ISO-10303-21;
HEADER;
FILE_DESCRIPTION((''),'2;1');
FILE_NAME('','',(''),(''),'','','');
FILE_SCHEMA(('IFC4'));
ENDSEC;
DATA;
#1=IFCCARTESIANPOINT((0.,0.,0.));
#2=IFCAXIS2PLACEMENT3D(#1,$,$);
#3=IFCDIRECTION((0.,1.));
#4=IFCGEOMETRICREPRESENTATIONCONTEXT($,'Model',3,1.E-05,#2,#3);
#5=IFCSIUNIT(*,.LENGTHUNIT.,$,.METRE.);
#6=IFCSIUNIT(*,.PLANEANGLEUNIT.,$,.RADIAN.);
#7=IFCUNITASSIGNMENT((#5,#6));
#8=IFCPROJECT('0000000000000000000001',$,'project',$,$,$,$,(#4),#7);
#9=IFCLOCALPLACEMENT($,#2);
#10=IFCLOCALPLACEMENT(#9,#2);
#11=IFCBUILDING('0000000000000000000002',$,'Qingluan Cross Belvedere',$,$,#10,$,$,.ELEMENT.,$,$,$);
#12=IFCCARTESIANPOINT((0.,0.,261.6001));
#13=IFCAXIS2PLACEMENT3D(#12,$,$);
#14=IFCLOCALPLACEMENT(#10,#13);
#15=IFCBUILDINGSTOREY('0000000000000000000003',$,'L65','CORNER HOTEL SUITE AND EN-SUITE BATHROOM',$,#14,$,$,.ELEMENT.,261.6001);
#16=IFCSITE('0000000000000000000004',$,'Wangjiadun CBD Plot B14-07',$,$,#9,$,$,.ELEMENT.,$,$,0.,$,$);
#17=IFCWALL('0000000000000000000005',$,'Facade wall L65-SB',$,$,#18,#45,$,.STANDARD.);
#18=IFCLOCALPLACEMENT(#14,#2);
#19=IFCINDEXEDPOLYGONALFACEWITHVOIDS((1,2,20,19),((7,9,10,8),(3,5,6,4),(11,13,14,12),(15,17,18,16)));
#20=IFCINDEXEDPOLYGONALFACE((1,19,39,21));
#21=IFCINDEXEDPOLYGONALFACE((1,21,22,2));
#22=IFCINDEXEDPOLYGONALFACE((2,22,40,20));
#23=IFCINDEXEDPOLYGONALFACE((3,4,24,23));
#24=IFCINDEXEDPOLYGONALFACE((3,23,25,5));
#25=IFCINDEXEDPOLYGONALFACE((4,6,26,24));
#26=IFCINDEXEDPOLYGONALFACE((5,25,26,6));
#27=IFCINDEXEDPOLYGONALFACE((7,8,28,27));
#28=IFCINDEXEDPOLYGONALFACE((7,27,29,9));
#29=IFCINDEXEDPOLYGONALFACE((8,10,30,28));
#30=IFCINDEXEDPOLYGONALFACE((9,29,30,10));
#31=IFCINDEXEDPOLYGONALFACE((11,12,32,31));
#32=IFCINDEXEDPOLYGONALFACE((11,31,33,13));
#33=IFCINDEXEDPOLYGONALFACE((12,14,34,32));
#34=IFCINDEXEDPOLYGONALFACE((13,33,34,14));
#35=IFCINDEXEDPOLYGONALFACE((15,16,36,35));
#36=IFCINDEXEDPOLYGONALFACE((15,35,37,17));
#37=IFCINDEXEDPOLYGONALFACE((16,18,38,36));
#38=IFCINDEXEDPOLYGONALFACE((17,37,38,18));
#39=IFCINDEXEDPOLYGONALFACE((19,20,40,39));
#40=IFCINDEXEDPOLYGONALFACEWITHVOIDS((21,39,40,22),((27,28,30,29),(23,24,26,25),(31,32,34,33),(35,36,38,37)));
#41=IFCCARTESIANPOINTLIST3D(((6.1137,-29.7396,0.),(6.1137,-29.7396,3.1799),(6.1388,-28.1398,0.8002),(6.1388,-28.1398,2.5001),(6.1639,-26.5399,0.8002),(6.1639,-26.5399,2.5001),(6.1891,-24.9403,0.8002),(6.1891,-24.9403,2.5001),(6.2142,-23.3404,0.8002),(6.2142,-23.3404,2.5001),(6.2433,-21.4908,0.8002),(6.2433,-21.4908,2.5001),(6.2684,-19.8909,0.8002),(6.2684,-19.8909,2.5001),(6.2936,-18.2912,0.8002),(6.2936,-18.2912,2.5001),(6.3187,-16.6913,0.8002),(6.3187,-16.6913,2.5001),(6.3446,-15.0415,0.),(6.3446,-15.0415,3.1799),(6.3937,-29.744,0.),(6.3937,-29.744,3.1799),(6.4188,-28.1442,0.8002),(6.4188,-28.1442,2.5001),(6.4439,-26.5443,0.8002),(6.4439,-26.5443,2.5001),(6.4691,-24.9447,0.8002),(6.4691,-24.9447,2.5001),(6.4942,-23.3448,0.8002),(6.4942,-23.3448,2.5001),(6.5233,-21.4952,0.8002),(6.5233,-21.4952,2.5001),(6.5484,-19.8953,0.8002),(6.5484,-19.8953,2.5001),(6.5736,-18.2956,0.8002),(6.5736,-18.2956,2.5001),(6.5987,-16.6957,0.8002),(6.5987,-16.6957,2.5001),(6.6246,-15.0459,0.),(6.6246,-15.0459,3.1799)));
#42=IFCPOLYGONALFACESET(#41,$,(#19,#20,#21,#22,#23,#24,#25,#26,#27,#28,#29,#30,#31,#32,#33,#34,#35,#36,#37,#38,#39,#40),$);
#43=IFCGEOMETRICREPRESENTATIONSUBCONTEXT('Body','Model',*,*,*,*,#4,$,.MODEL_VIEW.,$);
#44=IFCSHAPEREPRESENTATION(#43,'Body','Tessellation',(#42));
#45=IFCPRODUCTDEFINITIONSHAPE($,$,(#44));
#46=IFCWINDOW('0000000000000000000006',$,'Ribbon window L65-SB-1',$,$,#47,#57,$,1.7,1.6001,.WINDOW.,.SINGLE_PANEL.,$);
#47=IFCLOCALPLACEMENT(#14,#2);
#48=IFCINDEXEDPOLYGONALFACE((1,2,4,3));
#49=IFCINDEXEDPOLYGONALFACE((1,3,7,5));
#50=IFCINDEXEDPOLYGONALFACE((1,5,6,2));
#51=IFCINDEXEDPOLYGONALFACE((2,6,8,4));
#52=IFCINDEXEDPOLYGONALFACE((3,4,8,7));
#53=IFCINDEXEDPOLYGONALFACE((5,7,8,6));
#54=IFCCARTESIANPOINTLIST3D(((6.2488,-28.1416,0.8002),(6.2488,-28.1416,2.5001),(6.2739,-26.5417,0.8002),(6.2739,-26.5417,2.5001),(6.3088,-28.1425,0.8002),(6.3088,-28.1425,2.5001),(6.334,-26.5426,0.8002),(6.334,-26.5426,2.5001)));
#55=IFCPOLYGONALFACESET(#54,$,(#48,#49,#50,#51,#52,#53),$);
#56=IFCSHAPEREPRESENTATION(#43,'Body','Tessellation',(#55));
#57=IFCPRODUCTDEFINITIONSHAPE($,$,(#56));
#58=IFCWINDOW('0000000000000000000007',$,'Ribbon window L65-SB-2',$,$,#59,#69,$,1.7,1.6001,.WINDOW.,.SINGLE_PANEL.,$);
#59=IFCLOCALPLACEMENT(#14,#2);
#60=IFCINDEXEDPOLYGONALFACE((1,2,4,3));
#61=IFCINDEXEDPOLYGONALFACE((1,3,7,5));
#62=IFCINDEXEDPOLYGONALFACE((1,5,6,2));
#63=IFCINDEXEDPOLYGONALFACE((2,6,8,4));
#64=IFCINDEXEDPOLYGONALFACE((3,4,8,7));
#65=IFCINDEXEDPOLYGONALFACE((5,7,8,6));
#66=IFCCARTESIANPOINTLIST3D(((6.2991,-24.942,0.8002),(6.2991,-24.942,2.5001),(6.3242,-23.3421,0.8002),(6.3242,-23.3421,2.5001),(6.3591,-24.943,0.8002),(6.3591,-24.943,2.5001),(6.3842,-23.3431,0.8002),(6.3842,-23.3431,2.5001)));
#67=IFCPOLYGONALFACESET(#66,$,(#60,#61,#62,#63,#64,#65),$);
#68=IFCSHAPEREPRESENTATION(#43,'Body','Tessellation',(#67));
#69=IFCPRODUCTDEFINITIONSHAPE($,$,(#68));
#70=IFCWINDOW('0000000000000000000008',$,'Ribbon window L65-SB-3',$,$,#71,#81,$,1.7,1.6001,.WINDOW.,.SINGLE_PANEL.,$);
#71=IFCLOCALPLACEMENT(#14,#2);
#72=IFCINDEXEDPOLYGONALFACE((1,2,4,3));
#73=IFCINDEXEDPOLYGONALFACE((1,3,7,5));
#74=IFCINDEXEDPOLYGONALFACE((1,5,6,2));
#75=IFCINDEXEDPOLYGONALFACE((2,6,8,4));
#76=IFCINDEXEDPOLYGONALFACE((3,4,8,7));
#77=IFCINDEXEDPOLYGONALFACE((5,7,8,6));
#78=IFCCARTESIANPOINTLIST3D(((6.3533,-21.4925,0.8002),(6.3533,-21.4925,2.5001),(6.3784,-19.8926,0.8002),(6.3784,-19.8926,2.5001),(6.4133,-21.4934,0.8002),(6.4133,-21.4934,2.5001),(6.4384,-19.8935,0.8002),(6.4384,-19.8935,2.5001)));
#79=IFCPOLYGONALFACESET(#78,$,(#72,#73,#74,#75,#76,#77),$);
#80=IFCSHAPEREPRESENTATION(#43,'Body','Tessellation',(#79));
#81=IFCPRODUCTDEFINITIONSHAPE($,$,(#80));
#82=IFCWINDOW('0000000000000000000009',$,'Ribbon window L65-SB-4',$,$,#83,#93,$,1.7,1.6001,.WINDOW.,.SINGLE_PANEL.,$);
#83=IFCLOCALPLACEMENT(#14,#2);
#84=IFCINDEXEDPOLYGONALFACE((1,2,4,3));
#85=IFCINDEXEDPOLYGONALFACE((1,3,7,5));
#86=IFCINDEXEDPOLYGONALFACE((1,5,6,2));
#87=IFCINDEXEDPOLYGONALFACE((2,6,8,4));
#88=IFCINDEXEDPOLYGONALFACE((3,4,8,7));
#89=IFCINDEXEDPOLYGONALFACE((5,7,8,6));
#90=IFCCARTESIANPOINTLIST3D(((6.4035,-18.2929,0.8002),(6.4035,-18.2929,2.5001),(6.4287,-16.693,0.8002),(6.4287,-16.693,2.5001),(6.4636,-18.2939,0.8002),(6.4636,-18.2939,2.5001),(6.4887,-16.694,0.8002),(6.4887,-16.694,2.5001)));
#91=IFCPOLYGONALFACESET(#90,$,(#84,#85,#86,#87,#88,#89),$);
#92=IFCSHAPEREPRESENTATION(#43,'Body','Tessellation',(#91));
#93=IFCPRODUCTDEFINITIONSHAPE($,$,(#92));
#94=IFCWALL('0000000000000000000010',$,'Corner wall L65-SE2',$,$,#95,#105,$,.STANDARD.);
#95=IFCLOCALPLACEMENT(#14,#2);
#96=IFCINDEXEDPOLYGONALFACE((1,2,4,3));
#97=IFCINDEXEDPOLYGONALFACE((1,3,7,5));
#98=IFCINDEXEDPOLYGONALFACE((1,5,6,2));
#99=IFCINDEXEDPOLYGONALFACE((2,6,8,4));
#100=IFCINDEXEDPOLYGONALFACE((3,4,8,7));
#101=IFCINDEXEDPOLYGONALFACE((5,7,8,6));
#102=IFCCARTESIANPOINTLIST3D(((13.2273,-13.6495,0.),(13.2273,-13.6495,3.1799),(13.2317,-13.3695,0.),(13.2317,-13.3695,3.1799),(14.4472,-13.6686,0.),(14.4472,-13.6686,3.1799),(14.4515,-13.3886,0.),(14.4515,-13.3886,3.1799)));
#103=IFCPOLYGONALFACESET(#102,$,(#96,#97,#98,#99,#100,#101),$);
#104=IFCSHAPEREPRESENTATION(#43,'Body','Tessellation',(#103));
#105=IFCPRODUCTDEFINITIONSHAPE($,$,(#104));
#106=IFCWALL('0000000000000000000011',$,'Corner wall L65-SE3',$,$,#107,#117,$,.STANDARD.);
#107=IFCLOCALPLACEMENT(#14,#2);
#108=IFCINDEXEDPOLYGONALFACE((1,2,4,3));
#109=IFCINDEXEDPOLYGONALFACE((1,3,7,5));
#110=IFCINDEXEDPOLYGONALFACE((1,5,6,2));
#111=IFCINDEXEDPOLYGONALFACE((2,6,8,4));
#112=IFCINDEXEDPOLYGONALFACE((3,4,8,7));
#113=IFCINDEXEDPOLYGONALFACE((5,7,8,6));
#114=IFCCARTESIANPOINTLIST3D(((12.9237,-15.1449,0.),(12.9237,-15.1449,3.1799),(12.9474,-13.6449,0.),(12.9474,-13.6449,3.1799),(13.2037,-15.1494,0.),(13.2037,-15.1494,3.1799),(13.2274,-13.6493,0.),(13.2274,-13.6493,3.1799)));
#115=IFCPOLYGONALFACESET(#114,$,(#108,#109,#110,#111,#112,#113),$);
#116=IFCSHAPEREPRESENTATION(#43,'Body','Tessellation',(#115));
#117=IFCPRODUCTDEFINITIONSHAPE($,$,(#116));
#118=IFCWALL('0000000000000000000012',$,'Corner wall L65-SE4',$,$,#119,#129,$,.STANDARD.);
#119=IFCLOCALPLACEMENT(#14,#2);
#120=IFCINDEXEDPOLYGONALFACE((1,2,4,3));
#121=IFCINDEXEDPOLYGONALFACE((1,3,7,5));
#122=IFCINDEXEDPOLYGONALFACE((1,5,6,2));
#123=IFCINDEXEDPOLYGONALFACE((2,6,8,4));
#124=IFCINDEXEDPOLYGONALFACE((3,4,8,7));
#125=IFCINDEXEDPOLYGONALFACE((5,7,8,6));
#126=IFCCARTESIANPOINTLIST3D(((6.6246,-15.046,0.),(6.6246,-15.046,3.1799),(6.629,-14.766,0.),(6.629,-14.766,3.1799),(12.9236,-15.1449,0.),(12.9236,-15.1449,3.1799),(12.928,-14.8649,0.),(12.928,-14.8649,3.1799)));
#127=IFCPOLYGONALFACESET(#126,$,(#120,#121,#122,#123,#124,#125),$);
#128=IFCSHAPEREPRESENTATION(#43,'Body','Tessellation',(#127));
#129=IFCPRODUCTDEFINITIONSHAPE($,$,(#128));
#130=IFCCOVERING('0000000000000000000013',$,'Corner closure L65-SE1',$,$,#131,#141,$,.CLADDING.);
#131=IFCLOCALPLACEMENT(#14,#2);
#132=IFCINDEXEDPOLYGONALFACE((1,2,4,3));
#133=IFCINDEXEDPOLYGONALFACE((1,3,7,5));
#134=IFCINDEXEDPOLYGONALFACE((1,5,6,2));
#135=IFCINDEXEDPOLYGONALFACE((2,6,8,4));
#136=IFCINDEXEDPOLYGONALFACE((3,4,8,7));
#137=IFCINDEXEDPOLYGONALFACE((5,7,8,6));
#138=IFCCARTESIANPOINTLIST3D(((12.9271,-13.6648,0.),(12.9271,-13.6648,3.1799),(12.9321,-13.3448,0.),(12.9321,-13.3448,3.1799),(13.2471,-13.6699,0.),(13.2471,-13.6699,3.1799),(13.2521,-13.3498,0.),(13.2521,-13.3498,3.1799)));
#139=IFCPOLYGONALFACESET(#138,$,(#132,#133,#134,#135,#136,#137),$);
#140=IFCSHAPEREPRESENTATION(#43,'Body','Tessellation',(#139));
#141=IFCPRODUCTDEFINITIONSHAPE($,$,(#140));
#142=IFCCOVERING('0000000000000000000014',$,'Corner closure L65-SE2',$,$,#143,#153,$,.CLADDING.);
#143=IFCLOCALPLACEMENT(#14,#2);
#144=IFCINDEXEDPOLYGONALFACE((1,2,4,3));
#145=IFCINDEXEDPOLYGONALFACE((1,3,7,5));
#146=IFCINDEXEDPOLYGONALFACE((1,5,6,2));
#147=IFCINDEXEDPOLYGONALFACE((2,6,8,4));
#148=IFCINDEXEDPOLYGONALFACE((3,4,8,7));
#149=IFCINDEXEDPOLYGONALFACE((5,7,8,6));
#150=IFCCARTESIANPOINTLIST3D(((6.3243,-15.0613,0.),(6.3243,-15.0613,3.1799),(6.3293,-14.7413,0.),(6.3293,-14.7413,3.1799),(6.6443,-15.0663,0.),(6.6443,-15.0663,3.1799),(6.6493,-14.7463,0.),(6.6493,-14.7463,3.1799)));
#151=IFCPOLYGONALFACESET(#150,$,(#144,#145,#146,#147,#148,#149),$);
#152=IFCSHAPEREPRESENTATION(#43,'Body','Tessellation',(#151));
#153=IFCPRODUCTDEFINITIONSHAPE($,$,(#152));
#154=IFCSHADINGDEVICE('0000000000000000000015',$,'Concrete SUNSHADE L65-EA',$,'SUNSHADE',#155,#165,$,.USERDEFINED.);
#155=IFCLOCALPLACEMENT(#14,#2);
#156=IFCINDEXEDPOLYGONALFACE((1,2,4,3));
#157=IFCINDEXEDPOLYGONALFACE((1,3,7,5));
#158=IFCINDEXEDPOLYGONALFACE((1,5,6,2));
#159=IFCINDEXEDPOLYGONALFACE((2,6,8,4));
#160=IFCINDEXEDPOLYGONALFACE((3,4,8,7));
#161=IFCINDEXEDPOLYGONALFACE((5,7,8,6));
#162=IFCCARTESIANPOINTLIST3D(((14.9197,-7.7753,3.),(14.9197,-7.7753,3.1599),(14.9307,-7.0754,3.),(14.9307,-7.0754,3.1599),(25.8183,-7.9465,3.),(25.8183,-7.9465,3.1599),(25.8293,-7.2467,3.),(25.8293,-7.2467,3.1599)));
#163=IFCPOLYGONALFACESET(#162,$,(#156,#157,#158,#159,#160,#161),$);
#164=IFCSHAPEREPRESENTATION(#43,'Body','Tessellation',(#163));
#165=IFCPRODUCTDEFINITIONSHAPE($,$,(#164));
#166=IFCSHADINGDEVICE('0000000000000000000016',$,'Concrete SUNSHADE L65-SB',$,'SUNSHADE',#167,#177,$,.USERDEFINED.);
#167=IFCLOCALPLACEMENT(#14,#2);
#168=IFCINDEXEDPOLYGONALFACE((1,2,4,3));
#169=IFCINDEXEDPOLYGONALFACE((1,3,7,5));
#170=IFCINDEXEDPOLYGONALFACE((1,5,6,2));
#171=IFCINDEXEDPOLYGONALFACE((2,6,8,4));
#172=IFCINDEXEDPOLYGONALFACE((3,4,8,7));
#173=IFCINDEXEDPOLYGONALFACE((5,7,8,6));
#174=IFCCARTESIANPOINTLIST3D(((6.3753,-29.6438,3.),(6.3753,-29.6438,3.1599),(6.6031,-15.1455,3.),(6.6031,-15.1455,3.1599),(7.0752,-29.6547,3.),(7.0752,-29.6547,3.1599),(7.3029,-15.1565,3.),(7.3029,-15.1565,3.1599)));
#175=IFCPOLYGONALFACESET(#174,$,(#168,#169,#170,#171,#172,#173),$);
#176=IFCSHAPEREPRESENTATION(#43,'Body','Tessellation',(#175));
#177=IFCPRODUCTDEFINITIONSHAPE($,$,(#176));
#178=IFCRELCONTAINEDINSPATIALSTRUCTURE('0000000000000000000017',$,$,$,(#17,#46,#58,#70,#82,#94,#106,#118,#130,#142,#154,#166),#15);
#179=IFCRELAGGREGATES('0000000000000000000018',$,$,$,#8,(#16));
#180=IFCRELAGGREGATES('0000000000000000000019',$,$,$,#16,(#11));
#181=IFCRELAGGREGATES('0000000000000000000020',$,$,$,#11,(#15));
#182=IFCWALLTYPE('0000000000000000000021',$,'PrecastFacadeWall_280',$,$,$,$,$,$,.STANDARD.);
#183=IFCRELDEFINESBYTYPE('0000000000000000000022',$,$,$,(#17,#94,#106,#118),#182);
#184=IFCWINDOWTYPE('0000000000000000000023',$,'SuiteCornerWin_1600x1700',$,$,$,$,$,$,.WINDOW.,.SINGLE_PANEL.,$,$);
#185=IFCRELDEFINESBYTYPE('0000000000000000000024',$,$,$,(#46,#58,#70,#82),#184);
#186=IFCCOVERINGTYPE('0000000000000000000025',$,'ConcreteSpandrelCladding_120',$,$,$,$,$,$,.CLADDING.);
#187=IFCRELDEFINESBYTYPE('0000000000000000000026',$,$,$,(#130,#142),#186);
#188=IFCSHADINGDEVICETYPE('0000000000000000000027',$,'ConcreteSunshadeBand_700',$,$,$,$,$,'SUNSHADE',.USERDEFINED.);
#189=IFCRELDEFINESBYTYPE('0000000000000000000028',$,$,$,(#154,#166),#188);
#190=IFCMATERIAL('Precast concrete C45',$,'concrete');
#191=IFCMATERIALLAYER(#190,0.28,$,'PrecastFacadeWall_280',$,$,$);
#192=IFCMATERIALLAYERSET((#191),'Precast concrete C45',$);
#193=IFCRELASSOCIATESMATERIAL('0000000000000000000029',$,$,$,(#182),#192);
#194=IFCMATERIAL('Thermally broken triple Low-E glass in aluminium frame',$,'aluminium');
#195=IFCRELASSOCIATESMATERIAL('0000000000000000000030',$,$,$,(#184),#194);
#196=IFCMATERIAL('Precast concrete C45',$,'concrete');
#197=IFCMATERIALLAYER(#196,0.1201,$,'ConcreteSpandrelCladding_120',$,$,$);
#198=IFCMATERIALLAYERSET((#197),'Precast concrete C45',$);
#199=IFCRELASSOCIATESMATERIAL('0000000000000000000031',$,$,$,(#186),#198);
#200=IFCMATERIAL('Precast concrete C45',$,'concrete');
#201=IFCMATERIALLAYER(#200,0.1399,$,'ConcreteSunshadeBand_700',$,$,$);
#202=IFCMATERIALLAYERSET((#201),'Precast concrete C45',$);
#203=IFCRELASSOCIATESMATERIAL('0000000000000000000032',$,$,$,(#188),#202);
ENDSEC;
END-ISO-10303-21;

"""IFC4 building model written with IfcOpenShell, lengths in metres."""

from ifc_helpers import new_model, si_unit, direction, frame, frame_2d, origin, origin_2d, place, context, subcontext, project, spatial, rectangle, extrude, material, layer, layer_set, type_object, element, fill, save


model = new_model("IFC4")

# Units and contexts
model_context = context("Model", 3, precision=1e-05, world=origin(), true_north=direction((0.0, 1.0)))
body_context = subcontext(model_context, "Body", "Model", "MODEL_VIEW")
ifc_project = project(units=[si_unit("LENGTHUNIT", "METRE"), si_unit("PLANEANGLEUNIT", "RADIAN")], contexts=[model_context])

# Site, building, storey
site_placement = place(None, origin())
site = spatial("IfcSite", under=ifc_project, at=site_placement, Name="Wangjiadun CBD Plot B14-07", CompositionType="ELEMENT", RefElevation=0.0)
building_placement = place(site_placement, origin())
building = spatial("IfcBuilding", under=site, at=building_placement, Name="Qingluan Cross Belvedere", CompositionType="ELEMENT")
storey_placement = place(building_placement, frame((0.0, 0.0, 261.6001)))
storey = spatial("IfcBuildingStorey", under=building, at=storey_placement, Name="L65", Description="CORNER HOTEL SUITE AND EN-SUITE BATHROOM", CompositionType="ELEMENT", Elevation=261.6001)

# Wall, openings, windows
ifc_material_1 = material(Name="Precast concrete C45", Category="concrete")
ifc_layer_1 = layer(ifc_material_1, 0.28, Name="PrecastFacadeWall_280")
ifc_layer_set_1 = layer_set([ifc_layer_1], Name="Precast concrete C45")
wall_type_1 = type_object("IfcWallType", Name="PrecastFacadeWall_280", PredefinedType="STANDARD", material=ifc_layer_set_1)
wall_1_placement = place(storey_placement, frame((6.2537, -29.7419, 0.0), z_axis=(0.0, 0.0, 1.0), x_axis=(0.015711, 0.999877, 0.0)))
wall_1 = element("IfcWall", 1, at=wall_1_placement, inside=storey, type_object=wall_type_1, Name="Facade wall L65-SB", PredefinedType="STANDARD", context=body_context, shape_type="SweptSolid", body=[
    extrude(rectangle(XDim=14.7, YDim=0.28, at=frame_2d((7.3501, 0.0))), origin(), (0.0, 0.0, 1.0), 3.1799),
])
opening_1_placement = place(wall_1_placement, frame((1.6001, 0.0, 0.8)))
opening_1 = element("IfcOpeningElement", 2, at=opening_1_placement, cuts=wall_1, PredefinedType="OPENING", context=body_context, shape_type="SweptSolid", body=[
    extrude(rectangle(XDim=1.6001, YDim=1.7, at=frame_2d((0.8, 0.8501))), frame((0.0, 0.1499, 0.0), z_axis=(0.0, -1.0, 0.0), x_axis=(1.0, 0.0, 0.0)), (0.0, 0.0, 1.0), 0.3),
])
opening_2_placement = place(wall_1_placement, frame((4.8, 0.0, 0.8)))
opening_2 = element("IfcOpeningElement", 3, at=opening_2_placement, cuts=wall_1, PredefinedType="OPENING", context=body_context, shape_type="SweptSolid", body=[
    extrude(rectangle(XDim=1.6001, YDim=1.7, at=frame_2d((0.8, 0.8501))), frame((0.0, 0.1499, 0.0), z_axis=(0.0, -1.0, 0.0), x_axis=(1.0, 0.0, 0.0)), (0.0, 0.0, 1.0), 0.3),
])
opening_3_placement = place(wall_1_placement, frame((8.25, 0.0, 0.8)))
opening_3 = element("IfcOpeningElement", 4, at=opening_3_placement, cuts=wall_1, PredefinedType="OPENING", context=body_context, shape_type="SweptSolid", body=[
    extrude(rectangle(XDim=1.6001, YDim=1.7, at=frame_2d((0.8, 0.8501))), frame((0.0, 0.1499, 0.0), z_axis=(0.0, -1.0, 0.0), x_axis=(1.0, 0.0, 0.0)), (0.0, 0.0, 1.0), 0.3),
])
opening_4_placement = place(wall_1_placement, frame((11.45, 0.0, 0.8)))
opening_4 = element("IfcOpeningElement", 5, at=opening_4_placement, cuts=wall_1, PredefinedType="OPENING", context=body_context, shape_type="SweptSolid", body=[
    extrude(rectangle(XDim=1.6001, YDim=1.7, at=frame_2d((0.8, 0.8501))), frame((0.0, 0.1499, 0.0), z_axis=(0.0, -1.0, 0.0), x_axis=(1.0, 0.0, 0.0)), (0.0, 0.0, 1.0), 0.3),
])
ifc_material_2 = material(Name="Thermally broken triple Low-E glass in aluminium frame", Category="aluminium")
window_type = type_object("IfcWindowType", Name="SuiteCornerWin_1600x1700", PartitioningType="SINGLE_PANEL", PredefinedType="WINDOW", material=ifc_material_2)
window_1_placement = place(opening_1_placement, origin())
window_1 = element("IfcWindow", 6, at=window_1_placement, inside=storey, type_object=window_type, Name="Ribbon window L65-SB-1", OverallHeight=1.7, OverallWidth=1.6001, PartitioningType="SINGLE_PANEL", PredefinedType="WINDOW", context=body_context, shape_type="SweptSolid", body=[
    extrude(rectangle(XDim=1.6001, YDim=1.7, at=frame_2d((0.8, 0.8501))), frame((0.0, 0.03, 0.0), z_axis=(0.0, -1.0, 0.0), x_axis=(1.0, 0.0, 0.0)), (0.0, 0.0, 1.0), 0.0601),
])
fill(opening_1, window_1)
window_2_placement = place(opening_2_placement, origin())
window_2 = element("IfcWindow", 7, at=window_2_placement, inside=storey, type_object=window_type, Name="Ribbon window L65-SB-2", OverallHeight=1.7, OverallWidth=1.6001, PartitioningType="SINGLE_PANEL", PredefinedType="WINDOW", context=body_context, shape_type="SweptSolid", body=[
    extrude(rectangle(XDim=1.6001, YDim=1.7, at=frame_2d((0.8, 0.8501))), frame((0.0, 0.03, 0.0), z_axis=(0.0, -1.0, 0.0), x_axis=(1.0, 0.0, 0.0)), (0.0, 0.0, 1.0), 0.0601),
])
fill(opening_2, window_2)
window_3_placement = place(opening_3_placement, origin())
window_3 = element("IfcWindow", 8, at=window_3_placement, inside=storey, type_object=window_type, Name="Ribbon window L65-SB-3", OverallHeight=1.7, OverallWidth=1.6001, PartitioningType="SINGLE_PANEL", PredefinedType="WINDOW", context=body_context, shape_type="SweptSolid", body=[
    extrude(rectangle(XDim=1.6001, YDim=1.7, at=frame_2d((0.8, 0.8501))), frame((0.0, 0.03, 0.0), z_axis=(0.0, -1.0, 0.0), x_axis=(1.0, 0.0, 0.0)), (0.0, 0.0, 1.0), 0.0601),
])
fill(opening_3, window_3)
window_4_placement = place(opening_4_placement, origin())
window_4 = element("IfcWindow", 9, at=window_4_placement, inside=storey, type_object=window_type, Name="Ribbon window L65-SB-4", OverallHeight=1.7, OverallWidth=1.6001, PartitioningType="SINGLE_PANEL", PredefinedType="WINDOW", context=body_context, shape_type="SweptSolid", body=[
    extrude(rectangle(XDim=1.6001, YDim=1.7, at=frame_2d((0.8, 0.8501))), frame((0.0, 0.03, 0.0), z_axis=(0.0, -1.0, 0.0), x_axis=(1.0, 0.0, 0.0)), (0.0, 0.0, 1.0), 0.0601),
])
fill(opening_4, window_4)

# Walls
wall_2_placement = place(storey_placement, frame((14.4492, -13.5286, 0.0), z_axis=(0.0, 0.0, 1.0), x_axis=(-0.999878, 0.015611, 0.0)))
element("IfcWall", 10, at=wall_2_placement, inside=storey, type_object=wall_type_1, Name="Corner wall L65-SE2", PredefinedType="STANDARD", context=body_context, shape_type="SweptSolid", body=[
    extrude(rectangle(XDim=1.22, YDim=0.28, at=frame_2d((0.6099, 0.0))), origin(), (0.0, 0.0, 1.0), 3.1799),
])
wall_3_placement = place(storey_placement, frame((13.0874, -13.6472, 0.0), z_axis=(0.0, 0.0, 1.0), x_axis=(-0.015786, -0.999875, 0.0)))
element("IfcWall", 11, at=wall_3_placement, inside=storey, type_object=wall_type_1, Name="Corner wall L65-SE3", PredefinedType="STANDARD", context=body_context, shape_type="SweptSolid", body=[
    extrude(rectangle(XDim=1.5002, YDim=0.28, at=frame_2d((0.75, 0.0))), origin(), (0.0, 0.0, 1.0), 3.1799),
])
wall_4_placement = place(storey_placement, frame((12.9258, -15.0049, 0.0), z_axis=(0.0, 0.0, 1.0), x_axis=(-0.999877, 0.015695, 0.0)))
element("IfcWall", 12, at=wall_4_placement, inside=storey, type_object=wall_type_1, Name="Corner wall L65-SE4", PredefinedType="STANDARD", context=body_context, shape_type="SweptSolid", body=[
    extrude(rectangle(XDim=6.2998, YDim=0.28, at=frame_2d((3.1499, 0.0))), origin(), (0.0, 0.0, 1.0), 3.1799),
])

# Coverings
ifc_material_3 = material(Name="Precast concrete C45", Category="concrete")
ifc_layer_2 = layer(ifc_material_3, 0.1201, Name="ConcreteSpandrelCladding_120")
ifc_layer_set_2 = layer_set([ifc_layer_2], Name="Precast concrete C45")
covering_type = type_object("IfcCoveringType", Name="ConcreteSpandrelCladding_120", PredefinedType="CLADDING", material=ifc_layer_set_2)
for number, where, z_axis, x_axis, name in (
    (13, (13.0896, -13.5073, 0.0), (0.0, 0.0, 1.0), (0.999877, -0.015707, 0.0), "Corner closure L65-SE1"),
    (14, (6.4868, -14.9038, 0.0), (0.0, 0.0, 1.0), (0.999877, -0.015707, 0.0), "Corner closure L65-SE2"),
):
    element("IfcCovering", number, at=place(storey_placement, frame(where, z_axis=z_axis, x_axis=x_axis)), inside=storey, type_object=covering_type, Name=name, PredefinedType="CLADDING", context=body_context, shape_type="SweptSolid", body=[
        extrude(rectangle(XDim=0.3201, YDim=0.3201, at=origin_2d()), origin(), (0.0, 0.0, 1.0), 3.1799),
    ])

# Shading devices
ifc_material_4 = material(Name="Precast concrete C45", Category="concrete")
ifc_layer_3 = layer(ifc_material_4, 0.1399, Name="ConcreteSunshadeBand_700")
ifc_layer_set_3 = layer_set([ifc_layer_3], Name="Precast concrete C45")
shading_device_type = type_object("IfcShadingDeviceType", Name="ConcreteSunshadeBand_700", ElementType="SUNSHADE", PredefinedType="USERDEFINED", material=ifc_layer_set_3)
shading_device_1_placement = place(storey_placement, frame((20.3745, -7.511, 3.0), z_axis=(0.0, 0.0, 1.0), x_axis=(0.999877, -0.015712, 0.0)))
element("IfcShadingDevice", 15, at=shading_device_1_placement, inside=storey, type_object=shading_device_type, Name="Concrete SUNSHADE L65-EA", ObjectType="SUNSHADE", PredefinedType="USERDEFINED", context=body_context, shape_type="SweptSolid", body=[
    extrude(rectangle(XDim=10.8999, YDim=0.7, at=origin_2d()), origin(), (0.0, 0.0, 1.0), 0.1599),
])
shading_device_2_placement = place(storey_placement, frame((6.8391, -22.4001, 3.0), z_axis=(0.0, 0.0, 1.0), x_axis=(0.015707, 0.999877, 0.0)))
element("IfcShadingDevice", 16, at=shading_device_2_placement, inside=storey, type_object=shading_device_type, Name="Concrete SUNSHADE L65-SB", ObjectType="SUNSHADE", PredefinedType="USERDEFINED", context=body_context, shape_type="SweptSolid", body=[
    extrude(rectangle(XDim=14.5, YDim=0.7, at=origin_2d()), origin(), (0.0, 0.0, 1.0), 0.1599),
])

save(model, "model.ifc")
